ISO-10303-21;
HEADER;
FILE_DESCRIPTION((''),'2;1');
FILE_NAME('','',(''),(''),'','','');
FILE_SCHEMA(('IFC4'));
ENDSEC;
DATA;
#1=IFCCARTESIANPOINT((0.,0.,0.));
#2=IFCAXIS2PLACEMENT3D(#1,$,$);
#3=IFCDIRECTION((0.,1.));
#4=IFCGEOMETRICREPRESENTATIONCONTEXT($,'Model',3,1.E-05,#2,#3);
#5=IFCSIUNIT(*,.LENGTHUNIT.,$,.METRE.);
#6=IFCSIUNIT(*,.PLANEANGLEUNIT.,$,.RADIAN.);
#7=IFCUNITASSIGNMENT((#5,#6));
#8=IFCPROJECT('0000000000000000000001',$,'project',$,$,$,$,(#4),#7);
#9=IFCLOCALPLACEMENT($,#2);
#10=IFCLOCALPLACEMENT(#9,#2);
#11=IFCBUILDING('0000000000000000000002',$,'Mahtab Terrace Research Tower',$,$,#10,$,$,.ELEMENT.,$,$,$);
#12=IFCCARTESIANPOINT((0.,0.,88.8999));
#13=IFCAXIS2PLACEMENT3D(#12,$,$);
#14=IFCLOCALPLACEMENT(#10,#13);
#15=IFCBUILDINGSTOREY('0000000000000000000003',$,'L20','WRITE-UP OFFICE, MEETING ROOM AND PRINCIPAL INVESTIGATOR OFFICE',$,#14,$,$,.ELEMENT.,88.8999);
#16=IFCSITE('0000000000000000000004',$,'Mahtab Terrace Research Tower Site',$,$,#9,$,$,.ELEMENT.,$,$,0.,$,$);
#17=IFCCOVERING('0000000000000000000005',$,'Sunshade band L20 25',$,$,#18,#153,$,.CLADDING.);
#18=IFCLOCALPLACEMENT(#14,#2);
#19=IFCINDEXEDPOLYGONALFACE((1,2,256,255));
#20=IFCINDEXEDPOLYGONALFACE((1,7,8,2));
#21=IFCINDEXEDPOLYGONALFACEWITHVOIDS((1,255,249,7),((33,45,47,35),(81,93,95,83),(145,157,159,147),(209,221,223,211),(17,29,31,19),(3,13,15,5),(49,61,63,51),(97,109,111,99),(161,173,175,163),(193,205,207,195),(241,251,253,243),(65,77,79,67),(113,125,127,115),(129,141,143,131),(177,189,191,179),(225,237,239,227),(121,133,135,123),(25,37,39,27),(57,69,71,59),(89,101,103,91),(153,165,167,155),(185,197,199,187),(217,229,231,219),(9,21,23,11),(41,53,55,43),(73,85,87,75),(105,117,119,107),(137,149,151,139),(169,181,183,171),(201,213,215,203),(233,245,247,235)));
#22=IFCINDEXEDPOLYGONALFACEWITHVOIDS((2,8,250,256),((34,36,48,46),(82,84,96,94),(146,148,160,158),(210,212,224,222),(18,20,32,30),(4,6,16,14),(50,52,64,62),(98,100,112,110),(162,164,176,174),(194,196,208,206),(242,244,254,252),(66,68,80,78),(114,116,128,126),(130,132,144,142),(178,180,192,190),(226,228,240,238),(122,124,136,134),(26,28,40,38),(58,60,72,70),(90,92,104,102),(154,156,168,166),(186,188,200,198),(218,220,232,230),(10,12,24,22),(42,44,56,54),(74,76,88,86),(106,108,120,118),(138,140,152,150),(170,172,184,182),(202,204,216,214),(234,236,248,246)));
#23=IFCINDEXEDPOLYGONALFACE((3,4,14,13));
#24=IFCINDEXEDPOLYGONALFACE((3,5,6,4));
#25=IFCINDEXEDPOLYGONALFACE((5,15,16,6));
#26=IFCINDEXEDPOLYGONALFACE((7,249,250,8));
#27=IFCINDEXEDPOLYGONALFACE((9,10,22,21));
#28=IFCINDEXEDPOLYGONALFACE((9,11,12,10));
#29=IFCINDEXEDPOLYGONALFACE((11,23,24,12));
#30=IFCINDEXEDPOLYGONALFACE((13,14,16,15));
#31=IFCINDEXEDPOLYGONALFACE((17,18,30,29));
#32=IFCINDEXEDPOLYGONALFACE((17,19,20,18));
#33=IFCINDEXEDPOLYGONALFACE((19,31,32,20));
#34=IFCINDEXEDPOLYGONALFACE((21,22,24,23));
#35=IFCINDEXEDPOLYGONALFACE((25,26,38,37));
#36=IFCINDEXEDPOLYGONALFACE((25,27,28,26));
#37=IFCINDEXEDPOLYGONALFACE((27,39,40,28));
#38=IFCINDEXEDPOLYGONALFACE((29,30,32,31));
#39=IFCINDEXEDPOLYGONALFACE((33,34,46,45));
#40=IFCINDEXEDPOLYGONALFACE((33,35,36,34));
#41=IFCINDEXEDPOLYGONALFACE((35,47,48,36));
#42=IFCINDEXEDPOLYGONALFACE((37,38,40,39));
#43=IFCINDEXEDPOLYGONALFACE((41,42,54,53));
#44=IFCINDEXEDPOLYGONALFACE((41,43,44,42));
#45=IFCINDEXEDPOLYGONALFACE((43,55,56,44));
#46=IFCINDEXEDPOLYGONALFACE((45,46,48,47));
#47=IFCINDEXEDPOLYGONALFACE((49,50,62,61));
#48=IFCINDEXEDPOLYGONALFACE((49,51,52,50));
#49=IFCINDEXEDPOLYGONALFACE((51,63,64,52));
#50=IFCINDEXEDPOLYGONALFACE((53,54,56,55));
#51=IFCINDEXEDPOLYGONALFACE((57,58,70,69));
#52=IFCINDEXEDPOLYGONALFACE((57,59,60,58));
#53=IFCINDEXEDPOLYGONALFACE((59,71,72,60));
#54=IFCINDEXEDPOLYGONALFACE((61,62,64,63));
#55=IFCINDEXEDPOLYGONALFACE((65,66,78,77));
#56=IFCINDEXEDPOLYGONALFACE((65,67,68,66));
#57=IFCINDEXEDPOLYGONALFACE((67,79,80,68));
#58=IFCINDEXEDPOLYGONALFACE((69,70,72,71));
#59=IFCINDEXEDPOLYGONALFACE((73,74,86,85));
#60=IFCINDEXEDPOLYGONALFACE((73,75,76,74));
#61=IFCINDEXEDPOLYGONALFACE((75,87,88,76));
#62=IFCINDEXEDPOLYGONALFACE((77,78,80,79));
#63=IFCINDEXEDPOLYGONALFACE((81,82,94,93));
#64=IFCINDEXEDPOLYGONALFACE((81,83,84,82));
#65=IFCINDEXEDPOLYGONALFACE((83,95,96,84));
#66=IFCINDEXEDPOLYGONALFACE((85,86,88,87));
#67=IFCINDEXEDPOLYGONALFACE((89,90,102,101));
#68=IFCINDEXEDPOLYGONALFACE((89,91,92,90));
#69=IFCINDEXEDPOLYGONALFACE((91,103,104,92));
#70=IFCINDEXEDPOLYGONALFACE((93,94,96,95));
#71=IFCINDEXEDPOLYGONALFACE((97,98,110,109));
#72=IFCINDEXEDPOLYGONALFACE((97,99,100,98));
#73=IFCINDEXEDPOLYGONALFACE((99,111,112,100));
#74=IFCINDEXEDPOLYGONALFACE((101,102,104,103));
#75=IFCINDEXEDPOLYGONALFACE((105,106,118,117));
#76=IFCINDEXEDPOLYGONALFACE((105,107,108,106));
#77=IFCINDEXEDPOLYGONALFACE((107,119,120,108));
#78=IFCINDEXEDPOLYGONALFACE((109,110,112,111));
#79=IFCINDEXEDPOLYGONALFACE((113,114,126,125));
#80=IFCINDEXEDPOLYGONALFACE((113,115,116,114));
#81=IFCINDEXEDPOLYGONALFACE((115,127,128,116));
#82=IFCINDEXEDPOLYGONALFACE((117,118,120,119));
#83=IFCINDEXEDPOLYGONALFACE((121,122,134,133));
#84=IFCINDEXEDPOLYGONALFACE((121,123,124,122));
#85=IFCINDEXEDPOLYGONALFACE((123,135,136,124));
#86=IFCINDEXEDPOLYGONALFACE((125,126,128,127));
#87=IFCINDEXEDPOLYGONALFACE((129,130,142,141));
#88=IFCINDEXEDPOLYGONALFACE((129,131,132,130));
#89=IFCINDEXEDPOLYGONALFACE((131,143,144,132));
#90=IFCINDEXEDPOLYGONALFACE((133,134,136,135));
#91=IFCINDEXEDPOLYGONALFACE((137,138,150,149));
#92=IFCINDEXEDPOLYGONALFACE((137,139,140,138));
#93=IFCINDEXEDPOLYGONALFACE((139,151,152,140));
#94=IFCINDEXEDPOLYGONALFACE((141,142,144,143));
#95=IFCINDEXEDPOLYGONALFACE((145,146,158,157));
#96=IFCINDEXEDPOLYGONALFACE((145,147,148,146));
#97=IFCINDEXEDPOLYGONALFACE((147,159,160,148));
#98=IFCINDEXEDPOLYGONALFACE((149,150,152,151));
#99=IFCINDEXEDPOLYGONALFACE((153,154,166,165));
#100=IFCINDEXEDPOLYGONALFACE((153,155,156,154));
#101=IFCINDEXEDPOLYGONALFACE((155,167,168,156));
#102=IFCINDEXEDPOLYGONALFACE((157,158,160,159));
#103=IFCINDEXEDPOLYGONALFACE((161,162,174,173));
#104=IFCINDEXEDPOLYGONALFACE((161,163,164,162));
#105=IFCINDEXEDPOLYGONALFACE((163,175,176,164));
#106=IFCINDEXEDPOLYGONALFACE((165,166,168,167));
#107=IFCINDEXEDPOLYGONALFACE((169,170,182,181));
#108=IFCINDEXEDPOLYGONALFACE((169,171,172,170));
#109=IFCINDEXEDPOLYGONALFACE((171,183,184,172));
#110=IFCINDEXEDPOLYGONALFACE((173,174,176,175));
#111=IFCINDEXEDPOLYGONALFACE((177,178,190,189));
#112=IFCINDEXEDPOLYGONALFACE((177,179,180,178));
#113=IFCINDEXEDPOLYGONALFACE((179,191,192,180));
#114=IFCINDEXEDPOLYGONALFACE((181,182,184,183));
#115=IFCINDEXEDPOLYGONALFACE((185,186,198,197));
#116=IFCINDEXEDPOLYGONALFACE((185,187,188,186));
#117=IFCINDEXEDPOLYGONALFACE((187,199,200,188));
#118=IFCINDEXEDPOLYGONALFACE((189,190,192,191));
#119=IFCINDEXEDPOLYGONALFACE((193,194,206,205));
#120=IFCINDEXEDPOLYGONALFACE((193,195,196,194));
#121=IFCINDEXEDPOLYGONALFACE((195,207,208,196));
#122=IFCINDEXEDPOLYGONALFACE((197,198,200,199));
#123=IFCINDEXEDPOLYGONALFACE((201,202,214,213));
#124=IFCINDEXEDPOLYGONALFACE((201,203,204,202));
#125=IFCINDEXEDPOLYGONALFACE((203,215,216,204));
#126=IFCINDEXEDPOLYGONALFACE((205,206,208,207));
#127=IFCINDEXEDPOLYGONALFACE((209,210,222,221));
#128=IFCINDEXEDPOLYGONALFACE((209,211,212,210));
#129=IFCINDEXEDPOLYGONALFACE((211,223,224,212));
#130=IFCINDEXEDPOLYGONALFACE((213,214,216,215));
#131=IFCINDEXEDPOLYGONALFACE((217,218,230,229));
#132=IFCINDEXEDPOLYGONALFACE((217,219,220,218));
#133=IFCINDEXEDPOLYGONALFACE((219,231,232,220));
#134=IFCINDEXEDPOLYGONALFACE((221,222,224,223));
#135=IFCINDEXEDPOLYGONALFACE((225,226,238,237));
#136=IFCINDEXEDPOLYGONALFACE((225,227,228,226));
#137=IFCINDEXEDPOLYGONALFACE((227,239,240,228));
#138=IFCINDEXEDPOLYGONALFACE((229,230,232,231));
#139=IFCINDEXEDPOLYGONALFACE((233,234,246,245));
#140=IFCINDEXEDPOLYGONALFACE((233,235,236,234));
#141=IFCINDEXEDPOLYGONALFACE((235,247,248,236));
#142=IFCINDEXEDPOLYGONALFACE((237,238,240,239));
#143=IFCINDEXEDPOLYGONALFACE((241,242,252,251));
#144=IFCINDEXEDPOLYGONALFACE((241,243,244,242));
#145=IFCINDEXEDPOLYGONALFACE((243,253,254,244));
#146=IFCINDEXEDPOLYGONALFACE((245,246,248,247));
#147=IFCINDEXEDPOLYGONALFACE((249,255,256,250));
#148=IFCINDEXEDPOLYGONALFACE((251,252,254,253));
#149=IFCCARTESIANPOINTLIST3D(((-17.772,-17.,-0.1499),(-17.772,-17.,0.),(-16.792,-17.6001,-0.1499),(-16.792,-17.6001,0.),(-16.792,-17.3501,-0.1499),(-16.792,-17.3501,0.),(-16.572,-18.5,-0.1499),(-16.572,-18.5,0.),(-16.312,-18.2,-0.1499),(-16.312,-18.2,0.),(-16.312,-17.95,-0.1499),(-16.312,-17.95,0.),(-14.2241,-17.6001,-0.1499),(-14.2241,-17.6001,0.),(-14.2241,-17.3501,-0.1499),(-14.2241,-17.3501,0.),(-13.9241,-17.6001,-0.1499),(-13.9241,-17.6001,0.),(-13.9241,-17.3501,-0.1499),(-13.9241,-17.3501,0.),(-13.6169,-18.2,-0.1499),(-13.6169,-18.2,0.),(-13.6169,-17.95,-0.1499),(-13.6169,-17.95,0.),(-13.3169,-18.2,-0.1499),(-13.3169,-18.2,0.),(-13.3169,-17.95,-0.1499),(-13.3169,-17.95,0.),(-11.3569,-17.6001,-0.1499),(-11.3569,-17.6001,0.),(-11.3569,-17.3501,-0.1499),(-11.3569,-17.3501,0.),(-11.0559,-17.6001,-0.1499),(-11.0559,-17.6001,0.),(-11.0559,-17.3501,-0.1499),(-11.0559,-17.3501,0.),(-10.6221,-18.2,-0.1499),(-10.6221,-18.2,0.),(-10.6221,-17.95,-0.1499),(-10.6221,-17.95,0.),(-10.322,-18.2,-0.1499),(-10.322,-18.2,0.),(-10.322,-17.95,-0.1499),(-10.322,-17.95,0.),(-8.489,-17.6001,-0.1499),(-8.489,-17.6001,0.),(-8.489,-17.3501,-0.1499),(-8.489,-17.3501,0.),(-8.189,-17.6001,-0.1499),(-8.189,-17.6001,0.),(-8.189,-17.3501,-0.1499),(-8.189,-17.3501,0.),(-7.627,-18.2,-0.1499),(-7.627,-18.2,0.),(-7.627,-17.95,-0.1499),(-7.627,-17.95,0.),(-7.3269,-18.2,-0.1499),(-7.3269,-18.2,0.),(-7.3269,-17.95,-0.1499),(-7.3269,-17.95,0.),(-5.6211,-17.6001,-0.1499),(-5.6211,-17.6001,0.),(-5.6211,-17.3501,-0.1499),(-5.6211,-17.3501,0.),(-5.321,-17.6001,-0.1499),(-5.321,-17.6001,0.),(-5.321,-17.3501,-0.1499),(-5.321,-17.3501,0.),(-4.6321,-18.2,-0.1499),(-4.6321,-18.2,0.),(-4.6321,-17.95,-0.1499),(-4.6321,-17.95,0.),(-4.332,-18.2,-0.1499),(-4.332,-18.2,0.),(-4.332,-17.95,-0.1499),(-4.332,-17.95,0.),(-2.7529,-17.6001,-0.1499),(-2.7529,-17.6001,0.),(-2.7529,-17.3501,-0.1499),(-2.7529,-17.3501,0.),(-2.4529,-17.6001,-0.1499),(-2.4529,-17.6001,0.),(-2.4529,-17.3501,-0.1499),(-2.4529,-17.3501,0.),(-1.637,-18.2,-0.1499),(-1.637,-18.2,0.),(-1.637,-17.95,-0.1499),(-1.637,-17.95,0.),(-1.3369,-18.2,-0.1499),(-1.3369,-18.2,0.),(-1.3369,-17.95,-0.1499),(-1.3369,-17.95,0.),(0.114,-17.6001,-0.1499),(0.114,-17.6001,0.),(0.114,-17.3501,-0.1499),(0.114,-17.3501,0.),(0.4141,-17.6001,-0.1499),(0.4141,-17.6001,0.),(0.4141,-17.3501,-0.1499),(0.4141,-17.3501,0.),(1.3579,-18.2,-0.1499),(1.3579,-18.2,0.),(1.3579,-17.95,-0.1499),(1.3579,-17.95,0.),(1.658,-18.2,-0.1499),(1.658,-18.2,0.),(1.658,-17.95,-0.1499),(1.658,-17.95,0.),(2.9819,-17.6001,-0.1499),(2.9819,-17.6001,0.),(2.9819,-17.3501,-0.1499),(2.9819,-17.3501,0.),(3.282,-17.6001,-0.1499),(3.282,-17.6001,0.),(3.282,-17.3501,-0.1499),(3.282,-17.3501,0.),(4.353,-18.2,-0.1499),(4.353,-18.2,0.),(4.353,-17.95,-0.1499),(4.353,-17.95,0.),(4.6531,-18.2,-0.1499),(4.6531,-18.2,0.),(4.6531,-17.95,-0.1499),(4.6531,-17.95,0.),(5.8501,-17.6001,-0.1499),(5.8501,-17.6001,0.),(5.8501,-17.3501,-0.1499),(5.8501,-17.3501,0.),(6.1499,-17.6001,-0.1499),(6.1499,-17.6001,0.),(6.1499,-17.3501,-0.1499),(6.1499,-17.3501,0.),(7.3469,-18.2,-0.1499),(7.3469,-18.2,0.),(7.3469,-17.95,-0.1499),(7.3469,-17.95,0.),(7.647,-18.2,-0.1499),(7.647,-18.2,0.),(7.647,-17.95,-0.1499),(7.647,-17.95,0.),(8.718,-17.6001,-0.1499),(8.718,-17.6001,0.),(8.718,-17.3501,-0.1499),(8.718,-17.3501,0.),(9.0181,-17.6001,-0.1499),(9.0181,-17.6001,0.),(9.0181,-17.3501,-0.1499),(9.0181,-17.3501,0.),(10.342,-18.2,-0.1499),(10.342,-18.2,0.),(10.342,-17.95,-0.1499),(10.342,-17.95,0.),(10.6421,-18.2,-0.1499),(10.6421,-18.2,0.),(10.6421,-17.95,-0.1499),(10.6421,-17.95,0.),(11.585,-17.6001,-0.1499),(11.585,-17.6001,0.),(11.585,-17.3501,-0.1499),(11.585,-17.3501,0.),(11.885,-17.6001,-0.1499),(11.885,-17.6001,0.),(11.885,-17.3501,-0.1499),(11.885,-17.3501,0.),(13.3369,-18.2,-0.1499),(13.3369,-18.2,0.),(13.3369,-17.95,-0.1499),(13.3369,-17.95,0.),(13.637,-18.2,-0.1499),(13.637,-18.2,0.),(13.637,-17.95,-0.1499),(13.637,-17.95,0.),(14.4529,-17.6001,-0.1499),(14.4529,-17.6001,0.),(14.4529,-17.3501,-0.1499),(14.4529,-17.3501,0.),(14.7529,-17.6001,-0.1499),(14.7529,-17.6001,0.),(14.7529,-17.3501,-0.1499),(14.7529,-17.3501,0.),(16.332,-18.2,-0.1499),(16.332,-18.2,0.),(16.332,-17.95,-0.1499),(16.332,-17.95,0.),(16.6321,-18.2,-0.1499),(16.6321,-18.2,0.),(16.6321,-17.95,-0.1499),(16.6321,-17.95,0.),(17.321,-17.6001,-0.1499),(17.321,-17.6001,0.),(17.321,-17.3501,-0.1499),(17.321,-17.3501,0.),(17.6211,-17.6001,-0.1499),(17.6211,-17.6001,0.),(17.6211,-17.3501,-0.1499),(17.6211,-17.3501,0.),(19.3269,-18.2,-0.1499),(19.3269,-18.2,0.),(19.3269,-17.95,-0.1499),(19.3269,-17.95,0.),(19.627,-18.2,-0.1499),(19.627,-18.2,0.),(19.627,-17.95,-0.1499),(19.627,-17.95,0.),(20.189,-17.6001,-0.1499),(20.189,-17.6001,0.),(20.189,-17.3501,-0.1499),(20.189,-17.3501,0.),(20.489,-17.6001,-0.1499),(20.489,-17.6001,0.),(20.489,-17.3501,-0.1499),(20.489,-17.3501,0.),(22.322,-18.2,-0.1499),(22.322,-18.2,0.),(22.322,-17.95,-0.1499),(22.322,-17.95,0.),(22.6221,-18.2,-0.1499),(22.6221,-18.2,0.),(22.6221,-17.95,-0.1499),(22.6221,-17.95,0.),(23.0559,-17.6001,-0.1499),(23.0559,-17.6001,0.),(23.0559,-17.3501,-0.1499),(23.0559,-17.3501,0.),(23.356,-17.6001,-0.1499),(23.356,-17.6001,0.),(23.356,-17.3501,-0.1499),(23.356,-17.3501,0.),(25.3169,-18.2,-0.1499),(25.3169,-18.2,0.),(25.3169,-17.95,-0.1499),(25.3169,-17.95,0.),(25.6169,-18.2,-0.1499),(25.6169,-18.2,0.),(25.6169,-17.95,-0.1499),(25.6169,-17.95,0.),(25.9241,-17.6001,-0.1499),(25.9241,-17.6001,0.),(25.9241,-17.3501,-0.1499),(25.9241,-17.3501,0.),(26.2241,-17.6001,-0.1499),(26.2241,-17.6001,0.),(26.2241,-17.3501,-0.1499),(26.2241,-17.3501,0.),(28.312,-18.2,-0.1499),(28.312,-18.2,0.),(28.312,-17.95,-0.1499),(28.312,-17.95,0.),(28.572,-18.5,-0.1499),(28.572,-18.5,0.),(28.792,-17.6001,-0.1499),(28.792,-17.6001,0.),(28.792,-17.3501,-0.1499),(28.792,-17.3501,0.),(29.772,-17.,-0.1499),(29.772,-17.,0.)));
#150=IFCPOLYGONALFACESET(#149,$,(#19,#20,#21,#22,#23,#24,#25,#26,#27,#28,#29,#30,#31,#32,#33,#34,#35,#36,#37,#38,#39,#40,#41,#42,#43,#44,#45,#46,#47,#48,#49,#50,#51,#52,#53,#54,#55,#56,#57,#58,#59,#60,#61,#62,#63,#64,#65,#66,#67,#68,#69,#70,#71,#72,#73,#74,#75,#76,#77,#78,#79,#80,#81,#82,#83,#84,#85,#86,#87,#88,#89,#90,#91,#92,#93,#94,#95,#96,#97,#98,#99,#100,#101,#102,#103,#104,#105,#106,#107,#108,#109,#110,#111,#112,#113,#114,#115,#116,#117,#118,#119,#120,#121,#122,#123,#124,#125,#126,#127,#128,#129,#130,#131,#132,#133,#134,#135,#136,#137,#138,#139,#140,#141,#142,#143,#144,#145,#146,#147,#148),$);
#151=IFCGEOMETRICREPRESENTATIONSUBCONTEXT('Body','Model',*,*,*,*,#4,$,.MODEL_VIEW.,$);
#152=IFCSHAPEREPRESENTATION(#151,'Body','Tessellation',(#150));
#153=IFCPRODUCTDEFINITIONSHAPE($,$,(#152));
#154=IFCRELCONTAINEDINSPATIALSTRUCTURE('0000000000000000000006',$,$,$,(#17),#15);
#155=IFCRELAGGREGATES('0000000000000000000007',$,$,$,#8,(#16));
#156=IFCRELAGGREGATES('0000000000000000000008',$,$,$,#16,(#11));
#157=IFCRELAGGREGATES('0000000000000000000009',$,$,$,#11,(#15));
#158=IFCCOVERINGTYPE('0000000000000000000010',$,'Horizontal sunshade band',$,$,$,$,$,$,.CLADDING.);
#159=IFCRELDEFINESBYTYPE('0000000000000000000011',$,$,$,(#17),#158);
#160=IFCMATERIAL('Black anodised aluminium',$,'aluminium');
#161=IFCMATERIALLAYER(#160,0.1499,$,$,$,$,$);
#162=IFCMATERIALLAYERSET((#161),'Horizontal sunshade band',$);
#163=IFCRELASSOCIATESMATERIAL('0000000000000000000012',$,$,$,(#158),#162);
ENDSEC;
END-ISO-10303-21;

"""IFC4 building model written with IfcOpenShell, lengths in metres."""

from ifc_helpers import new_model, si_unit, direction, frame, origin, place, context, subcontext, project, spatial, polyline, outline, extrude, material, layer, layer_set, type_object, element, save


model = new_model("IFC4")

# Units and contexts
model_context = context("Model", 3, precision=1e-05, world=origin(), true_north=direction((0.0, 1.0)))
body_context = subcontext(model_context, "Body", "Model", "MODEL_VIEW")
ifc_project = project(units=[si_unit("LENGTHUNIT", "METRE"), si_unit("PLANEANGLEUNIT", "RADIAN")], contexts=[model_context])

# Site, building, storey
site_placement = place(None, origin())
site = spatial("IfcSite", under=ifc_project, at=site_placement, Name="Mahtab Terrace Research Tower Site", CompositionType="ELEMENT", RefElevation=0.0)
building_placement = place(site_placement, origin())
building = spatial("IfcBuilding", under=site, at=building_placement, Name="Mahtab Terrace Research Tower", CompositionType="ELEMENT")
storey_placement = place(building_placement, frame((0.0, 0.0, 88.8999)))
storey = spatial("IfcBuildingStorey", under=building, at=storey_placement, Name="L20", Description="WRITE-UP OFFICE, MEETING ROOM AND PRINCIPAL INVESTIGATOR OFFICE", CompositionType="ELEMENT", Elevation=88.8999)

# Covering
ifc_material_1 = material(Name="Black anodised aluminium", Category="aluminium")
ifc_layer_1 = layer(ifc_material_1, 0.1499)
ifc_layer_set_1 = layer_set([ifc_layer_1], Name="Horizontal sunshade band")
covering_type_1 = type_object("IfcCoveringType", Name="Horizontal sunshade band", PredefinedType="CLADDING", material=ifc_layer_set_1)
covering_1_placement = place(storey_placement, frame((0.0, 0.0, -0.1499)))
element("IfcCovering", 1, at=covering_1_placement, inside=storey, type_object=covering_type_1, Name="Sunshade band L20 25", PredefinedType="CLADDING", context=body_context, shape_type="SweptSolid", body=[
    extrude(outline(polyline([(-17.772, -17.0), (29.772, -17.0), (28.572, -18.5), (-16.572, -18.5), (-17.772, -17.0)]), holes=[polyline([(-16.792, -17.3501), (-14.2241, -17.3501), (-14.2241, -17.6001), (-16.792, -17.6001), (-16.792, -17.3501)]), polyline([(-13.9241, -17.3501), (-11.3569, -17.3501), (-11.3569, -17.6001), (-13.9241, -17.6001), (-13.9241, -17.3501)]), polyline([(-11.0559, -17.3501), (-8.489, -17.3501), (-8.489, -17.6001), (-11.0559, -17.6001), (-11.0559, -17.3501)]), polyline([(-8.189, -17.3501), (-5.6211, -17.3501), (-5.6211, -17.6001), (-8.189, -17.6001), (-8.189, -17.3501)]), polyline([(-5.321, -17.3501), (-2.7529, -17.3501), (-2.7529, -17.6001), (-5.321, -17.6001), (-5.321, -17.3501)]), polyline([(-2.4529, -17.3501), (0.114, -17.3501), (0.114, -17.6001), (-2.4529, -17.6001), (-2.4529, -17.3501)]), polyline([(0.4141, -17.3501), (2.9819, -17.3501), (2.9819, -17.6001), (0.4141, -17.6001), (0.4141, -17.3501)]), polyline([(3.282, -17.3501), (5.8501, -17.3501), (5.8501, -17.6001), (3.282, -17.6001), (3.282, -17.3501)]), polyline([(6.1499, -17.3501), (8.718, -17.3501), (8.718, -17.6001), (6.1499, -17.6001), (6.1499, -17.3501)]), polyline([(9.0181, -17.3501), (11.585, -17.3501), (11.585, -17.6001), (9.0181, -17.6001), (9.0181, -17.3501)]), polyline([(11.885, -17.3501), (14.4529, -17.3501), (14.4529, -17.6001), (11.885, -17.6001), (11.885, -17.3501)]), polyline([(14.7529, -17.3501), (17.321, -17.3501), (17.321, -17.6001), (14.7529, -17.6001), (14.7529, -17.3501)]), polyline([(17.6211, -17.3501), (20.189, -17.3501), (20.189, -17.6001), (17.6211, -17.6001), (17.6211, -17.3501)]), polyline([(20.489, -17.3501), (23.0559, -17.3501), (23.0559, -17.6001), (20.489, -17.6001), (20.489, -17.3501)]), polyline([(23.356, -17.3501), (25.9241, -17.3501), (25.9241, -17.6001), (23.356, -17.6001), (23.356, -17.3501)]), polyline([(26.2241, -17.3501), (28.792, -17.3501), (28.792, -17.6001), (26.2241, -17.6001), (26.2241, -17.3501)]), polyline([(-16.312, -17.95), (-13.6169, -17.95), (-13.6169, -18.2), (-16.312, -18.2), (-16.312, -17.95)]), polyline([(-13.3169, -17.95), (-10.6221, -17.95), (-10.6221, -18.2), (-13.3169, -18.2), (-13.3169, -17.95)]), polyline([(-10.322, -17.95), (-7.627, -17.95), (-7.627, -18.2), (-10.322, -18.2), (-10.322, -17.95)]), polyline([(-7.3269, -17.95), (-4.6321, -17.95), (-4.6321, -18.2), (-7.3269, -18.2), (-7.3269, -17.95)]), polyline([(-4.332, -17.95), (-1.637, -17.95), (-1.637, -18.2), (-4.332, -18.2), (-4.332, -17.95)]), polyline([(-1.3369, -17.95), (1.3579, -17.95), (1.3579, -18.2), (-1.3369, -18.2), (-1.3369, -17.95)]), polyline([(1.658, -17.95), (4.353, -17.95), (4.353, -18.2), (1.658, -18.2), (1.658, -17.95)]), polyline([(4.6531, -17.95), (7.3469, -17.95), (7.3469, -18.2), (4.6531, -18.2), (4.6531, -17.95)]), polyline([(7.647, -17.95), (10.342, -17.95), (10.342, -18.2), (7.647, -18.2), (7.647, -17.95)]), polyline([(10.6421, -17.95), (13.3369, -17.95), (13.3369, -18.2), (10.6421, -18.2), (10.6421, -17.95)]), polyline([(13.637, -17.95), (16.332, -17.95), (16.332, -18.2), (13.637, -18.2), (13.637, -17.95)]), polyline([(16.6321, -17.95), (19.3269, -17.95), (19.3269, -18.2), (16.6321, -18.2), (16.6321, -17.95)]), polyline([(19.627, -17.95), (22.322, -17.95), (22.322, -18.2), (19.627, -18.2), (19.627, -17.95)]), polyline([(22.6221, -17.95), (25.3169, -17.95), (25.3169, -18.2), (22.6221, -18.2), (22.6221, -17.95)]), polyline([(25.6169, -17.95), (28.312, -17.95), (28.312, -18.2), (25.6169, -18.2), (25.6169, -17.95)])]), origin(), (0.0, 0.0, 1.0), 0.1499),
])

save(model, "model.ifc")
